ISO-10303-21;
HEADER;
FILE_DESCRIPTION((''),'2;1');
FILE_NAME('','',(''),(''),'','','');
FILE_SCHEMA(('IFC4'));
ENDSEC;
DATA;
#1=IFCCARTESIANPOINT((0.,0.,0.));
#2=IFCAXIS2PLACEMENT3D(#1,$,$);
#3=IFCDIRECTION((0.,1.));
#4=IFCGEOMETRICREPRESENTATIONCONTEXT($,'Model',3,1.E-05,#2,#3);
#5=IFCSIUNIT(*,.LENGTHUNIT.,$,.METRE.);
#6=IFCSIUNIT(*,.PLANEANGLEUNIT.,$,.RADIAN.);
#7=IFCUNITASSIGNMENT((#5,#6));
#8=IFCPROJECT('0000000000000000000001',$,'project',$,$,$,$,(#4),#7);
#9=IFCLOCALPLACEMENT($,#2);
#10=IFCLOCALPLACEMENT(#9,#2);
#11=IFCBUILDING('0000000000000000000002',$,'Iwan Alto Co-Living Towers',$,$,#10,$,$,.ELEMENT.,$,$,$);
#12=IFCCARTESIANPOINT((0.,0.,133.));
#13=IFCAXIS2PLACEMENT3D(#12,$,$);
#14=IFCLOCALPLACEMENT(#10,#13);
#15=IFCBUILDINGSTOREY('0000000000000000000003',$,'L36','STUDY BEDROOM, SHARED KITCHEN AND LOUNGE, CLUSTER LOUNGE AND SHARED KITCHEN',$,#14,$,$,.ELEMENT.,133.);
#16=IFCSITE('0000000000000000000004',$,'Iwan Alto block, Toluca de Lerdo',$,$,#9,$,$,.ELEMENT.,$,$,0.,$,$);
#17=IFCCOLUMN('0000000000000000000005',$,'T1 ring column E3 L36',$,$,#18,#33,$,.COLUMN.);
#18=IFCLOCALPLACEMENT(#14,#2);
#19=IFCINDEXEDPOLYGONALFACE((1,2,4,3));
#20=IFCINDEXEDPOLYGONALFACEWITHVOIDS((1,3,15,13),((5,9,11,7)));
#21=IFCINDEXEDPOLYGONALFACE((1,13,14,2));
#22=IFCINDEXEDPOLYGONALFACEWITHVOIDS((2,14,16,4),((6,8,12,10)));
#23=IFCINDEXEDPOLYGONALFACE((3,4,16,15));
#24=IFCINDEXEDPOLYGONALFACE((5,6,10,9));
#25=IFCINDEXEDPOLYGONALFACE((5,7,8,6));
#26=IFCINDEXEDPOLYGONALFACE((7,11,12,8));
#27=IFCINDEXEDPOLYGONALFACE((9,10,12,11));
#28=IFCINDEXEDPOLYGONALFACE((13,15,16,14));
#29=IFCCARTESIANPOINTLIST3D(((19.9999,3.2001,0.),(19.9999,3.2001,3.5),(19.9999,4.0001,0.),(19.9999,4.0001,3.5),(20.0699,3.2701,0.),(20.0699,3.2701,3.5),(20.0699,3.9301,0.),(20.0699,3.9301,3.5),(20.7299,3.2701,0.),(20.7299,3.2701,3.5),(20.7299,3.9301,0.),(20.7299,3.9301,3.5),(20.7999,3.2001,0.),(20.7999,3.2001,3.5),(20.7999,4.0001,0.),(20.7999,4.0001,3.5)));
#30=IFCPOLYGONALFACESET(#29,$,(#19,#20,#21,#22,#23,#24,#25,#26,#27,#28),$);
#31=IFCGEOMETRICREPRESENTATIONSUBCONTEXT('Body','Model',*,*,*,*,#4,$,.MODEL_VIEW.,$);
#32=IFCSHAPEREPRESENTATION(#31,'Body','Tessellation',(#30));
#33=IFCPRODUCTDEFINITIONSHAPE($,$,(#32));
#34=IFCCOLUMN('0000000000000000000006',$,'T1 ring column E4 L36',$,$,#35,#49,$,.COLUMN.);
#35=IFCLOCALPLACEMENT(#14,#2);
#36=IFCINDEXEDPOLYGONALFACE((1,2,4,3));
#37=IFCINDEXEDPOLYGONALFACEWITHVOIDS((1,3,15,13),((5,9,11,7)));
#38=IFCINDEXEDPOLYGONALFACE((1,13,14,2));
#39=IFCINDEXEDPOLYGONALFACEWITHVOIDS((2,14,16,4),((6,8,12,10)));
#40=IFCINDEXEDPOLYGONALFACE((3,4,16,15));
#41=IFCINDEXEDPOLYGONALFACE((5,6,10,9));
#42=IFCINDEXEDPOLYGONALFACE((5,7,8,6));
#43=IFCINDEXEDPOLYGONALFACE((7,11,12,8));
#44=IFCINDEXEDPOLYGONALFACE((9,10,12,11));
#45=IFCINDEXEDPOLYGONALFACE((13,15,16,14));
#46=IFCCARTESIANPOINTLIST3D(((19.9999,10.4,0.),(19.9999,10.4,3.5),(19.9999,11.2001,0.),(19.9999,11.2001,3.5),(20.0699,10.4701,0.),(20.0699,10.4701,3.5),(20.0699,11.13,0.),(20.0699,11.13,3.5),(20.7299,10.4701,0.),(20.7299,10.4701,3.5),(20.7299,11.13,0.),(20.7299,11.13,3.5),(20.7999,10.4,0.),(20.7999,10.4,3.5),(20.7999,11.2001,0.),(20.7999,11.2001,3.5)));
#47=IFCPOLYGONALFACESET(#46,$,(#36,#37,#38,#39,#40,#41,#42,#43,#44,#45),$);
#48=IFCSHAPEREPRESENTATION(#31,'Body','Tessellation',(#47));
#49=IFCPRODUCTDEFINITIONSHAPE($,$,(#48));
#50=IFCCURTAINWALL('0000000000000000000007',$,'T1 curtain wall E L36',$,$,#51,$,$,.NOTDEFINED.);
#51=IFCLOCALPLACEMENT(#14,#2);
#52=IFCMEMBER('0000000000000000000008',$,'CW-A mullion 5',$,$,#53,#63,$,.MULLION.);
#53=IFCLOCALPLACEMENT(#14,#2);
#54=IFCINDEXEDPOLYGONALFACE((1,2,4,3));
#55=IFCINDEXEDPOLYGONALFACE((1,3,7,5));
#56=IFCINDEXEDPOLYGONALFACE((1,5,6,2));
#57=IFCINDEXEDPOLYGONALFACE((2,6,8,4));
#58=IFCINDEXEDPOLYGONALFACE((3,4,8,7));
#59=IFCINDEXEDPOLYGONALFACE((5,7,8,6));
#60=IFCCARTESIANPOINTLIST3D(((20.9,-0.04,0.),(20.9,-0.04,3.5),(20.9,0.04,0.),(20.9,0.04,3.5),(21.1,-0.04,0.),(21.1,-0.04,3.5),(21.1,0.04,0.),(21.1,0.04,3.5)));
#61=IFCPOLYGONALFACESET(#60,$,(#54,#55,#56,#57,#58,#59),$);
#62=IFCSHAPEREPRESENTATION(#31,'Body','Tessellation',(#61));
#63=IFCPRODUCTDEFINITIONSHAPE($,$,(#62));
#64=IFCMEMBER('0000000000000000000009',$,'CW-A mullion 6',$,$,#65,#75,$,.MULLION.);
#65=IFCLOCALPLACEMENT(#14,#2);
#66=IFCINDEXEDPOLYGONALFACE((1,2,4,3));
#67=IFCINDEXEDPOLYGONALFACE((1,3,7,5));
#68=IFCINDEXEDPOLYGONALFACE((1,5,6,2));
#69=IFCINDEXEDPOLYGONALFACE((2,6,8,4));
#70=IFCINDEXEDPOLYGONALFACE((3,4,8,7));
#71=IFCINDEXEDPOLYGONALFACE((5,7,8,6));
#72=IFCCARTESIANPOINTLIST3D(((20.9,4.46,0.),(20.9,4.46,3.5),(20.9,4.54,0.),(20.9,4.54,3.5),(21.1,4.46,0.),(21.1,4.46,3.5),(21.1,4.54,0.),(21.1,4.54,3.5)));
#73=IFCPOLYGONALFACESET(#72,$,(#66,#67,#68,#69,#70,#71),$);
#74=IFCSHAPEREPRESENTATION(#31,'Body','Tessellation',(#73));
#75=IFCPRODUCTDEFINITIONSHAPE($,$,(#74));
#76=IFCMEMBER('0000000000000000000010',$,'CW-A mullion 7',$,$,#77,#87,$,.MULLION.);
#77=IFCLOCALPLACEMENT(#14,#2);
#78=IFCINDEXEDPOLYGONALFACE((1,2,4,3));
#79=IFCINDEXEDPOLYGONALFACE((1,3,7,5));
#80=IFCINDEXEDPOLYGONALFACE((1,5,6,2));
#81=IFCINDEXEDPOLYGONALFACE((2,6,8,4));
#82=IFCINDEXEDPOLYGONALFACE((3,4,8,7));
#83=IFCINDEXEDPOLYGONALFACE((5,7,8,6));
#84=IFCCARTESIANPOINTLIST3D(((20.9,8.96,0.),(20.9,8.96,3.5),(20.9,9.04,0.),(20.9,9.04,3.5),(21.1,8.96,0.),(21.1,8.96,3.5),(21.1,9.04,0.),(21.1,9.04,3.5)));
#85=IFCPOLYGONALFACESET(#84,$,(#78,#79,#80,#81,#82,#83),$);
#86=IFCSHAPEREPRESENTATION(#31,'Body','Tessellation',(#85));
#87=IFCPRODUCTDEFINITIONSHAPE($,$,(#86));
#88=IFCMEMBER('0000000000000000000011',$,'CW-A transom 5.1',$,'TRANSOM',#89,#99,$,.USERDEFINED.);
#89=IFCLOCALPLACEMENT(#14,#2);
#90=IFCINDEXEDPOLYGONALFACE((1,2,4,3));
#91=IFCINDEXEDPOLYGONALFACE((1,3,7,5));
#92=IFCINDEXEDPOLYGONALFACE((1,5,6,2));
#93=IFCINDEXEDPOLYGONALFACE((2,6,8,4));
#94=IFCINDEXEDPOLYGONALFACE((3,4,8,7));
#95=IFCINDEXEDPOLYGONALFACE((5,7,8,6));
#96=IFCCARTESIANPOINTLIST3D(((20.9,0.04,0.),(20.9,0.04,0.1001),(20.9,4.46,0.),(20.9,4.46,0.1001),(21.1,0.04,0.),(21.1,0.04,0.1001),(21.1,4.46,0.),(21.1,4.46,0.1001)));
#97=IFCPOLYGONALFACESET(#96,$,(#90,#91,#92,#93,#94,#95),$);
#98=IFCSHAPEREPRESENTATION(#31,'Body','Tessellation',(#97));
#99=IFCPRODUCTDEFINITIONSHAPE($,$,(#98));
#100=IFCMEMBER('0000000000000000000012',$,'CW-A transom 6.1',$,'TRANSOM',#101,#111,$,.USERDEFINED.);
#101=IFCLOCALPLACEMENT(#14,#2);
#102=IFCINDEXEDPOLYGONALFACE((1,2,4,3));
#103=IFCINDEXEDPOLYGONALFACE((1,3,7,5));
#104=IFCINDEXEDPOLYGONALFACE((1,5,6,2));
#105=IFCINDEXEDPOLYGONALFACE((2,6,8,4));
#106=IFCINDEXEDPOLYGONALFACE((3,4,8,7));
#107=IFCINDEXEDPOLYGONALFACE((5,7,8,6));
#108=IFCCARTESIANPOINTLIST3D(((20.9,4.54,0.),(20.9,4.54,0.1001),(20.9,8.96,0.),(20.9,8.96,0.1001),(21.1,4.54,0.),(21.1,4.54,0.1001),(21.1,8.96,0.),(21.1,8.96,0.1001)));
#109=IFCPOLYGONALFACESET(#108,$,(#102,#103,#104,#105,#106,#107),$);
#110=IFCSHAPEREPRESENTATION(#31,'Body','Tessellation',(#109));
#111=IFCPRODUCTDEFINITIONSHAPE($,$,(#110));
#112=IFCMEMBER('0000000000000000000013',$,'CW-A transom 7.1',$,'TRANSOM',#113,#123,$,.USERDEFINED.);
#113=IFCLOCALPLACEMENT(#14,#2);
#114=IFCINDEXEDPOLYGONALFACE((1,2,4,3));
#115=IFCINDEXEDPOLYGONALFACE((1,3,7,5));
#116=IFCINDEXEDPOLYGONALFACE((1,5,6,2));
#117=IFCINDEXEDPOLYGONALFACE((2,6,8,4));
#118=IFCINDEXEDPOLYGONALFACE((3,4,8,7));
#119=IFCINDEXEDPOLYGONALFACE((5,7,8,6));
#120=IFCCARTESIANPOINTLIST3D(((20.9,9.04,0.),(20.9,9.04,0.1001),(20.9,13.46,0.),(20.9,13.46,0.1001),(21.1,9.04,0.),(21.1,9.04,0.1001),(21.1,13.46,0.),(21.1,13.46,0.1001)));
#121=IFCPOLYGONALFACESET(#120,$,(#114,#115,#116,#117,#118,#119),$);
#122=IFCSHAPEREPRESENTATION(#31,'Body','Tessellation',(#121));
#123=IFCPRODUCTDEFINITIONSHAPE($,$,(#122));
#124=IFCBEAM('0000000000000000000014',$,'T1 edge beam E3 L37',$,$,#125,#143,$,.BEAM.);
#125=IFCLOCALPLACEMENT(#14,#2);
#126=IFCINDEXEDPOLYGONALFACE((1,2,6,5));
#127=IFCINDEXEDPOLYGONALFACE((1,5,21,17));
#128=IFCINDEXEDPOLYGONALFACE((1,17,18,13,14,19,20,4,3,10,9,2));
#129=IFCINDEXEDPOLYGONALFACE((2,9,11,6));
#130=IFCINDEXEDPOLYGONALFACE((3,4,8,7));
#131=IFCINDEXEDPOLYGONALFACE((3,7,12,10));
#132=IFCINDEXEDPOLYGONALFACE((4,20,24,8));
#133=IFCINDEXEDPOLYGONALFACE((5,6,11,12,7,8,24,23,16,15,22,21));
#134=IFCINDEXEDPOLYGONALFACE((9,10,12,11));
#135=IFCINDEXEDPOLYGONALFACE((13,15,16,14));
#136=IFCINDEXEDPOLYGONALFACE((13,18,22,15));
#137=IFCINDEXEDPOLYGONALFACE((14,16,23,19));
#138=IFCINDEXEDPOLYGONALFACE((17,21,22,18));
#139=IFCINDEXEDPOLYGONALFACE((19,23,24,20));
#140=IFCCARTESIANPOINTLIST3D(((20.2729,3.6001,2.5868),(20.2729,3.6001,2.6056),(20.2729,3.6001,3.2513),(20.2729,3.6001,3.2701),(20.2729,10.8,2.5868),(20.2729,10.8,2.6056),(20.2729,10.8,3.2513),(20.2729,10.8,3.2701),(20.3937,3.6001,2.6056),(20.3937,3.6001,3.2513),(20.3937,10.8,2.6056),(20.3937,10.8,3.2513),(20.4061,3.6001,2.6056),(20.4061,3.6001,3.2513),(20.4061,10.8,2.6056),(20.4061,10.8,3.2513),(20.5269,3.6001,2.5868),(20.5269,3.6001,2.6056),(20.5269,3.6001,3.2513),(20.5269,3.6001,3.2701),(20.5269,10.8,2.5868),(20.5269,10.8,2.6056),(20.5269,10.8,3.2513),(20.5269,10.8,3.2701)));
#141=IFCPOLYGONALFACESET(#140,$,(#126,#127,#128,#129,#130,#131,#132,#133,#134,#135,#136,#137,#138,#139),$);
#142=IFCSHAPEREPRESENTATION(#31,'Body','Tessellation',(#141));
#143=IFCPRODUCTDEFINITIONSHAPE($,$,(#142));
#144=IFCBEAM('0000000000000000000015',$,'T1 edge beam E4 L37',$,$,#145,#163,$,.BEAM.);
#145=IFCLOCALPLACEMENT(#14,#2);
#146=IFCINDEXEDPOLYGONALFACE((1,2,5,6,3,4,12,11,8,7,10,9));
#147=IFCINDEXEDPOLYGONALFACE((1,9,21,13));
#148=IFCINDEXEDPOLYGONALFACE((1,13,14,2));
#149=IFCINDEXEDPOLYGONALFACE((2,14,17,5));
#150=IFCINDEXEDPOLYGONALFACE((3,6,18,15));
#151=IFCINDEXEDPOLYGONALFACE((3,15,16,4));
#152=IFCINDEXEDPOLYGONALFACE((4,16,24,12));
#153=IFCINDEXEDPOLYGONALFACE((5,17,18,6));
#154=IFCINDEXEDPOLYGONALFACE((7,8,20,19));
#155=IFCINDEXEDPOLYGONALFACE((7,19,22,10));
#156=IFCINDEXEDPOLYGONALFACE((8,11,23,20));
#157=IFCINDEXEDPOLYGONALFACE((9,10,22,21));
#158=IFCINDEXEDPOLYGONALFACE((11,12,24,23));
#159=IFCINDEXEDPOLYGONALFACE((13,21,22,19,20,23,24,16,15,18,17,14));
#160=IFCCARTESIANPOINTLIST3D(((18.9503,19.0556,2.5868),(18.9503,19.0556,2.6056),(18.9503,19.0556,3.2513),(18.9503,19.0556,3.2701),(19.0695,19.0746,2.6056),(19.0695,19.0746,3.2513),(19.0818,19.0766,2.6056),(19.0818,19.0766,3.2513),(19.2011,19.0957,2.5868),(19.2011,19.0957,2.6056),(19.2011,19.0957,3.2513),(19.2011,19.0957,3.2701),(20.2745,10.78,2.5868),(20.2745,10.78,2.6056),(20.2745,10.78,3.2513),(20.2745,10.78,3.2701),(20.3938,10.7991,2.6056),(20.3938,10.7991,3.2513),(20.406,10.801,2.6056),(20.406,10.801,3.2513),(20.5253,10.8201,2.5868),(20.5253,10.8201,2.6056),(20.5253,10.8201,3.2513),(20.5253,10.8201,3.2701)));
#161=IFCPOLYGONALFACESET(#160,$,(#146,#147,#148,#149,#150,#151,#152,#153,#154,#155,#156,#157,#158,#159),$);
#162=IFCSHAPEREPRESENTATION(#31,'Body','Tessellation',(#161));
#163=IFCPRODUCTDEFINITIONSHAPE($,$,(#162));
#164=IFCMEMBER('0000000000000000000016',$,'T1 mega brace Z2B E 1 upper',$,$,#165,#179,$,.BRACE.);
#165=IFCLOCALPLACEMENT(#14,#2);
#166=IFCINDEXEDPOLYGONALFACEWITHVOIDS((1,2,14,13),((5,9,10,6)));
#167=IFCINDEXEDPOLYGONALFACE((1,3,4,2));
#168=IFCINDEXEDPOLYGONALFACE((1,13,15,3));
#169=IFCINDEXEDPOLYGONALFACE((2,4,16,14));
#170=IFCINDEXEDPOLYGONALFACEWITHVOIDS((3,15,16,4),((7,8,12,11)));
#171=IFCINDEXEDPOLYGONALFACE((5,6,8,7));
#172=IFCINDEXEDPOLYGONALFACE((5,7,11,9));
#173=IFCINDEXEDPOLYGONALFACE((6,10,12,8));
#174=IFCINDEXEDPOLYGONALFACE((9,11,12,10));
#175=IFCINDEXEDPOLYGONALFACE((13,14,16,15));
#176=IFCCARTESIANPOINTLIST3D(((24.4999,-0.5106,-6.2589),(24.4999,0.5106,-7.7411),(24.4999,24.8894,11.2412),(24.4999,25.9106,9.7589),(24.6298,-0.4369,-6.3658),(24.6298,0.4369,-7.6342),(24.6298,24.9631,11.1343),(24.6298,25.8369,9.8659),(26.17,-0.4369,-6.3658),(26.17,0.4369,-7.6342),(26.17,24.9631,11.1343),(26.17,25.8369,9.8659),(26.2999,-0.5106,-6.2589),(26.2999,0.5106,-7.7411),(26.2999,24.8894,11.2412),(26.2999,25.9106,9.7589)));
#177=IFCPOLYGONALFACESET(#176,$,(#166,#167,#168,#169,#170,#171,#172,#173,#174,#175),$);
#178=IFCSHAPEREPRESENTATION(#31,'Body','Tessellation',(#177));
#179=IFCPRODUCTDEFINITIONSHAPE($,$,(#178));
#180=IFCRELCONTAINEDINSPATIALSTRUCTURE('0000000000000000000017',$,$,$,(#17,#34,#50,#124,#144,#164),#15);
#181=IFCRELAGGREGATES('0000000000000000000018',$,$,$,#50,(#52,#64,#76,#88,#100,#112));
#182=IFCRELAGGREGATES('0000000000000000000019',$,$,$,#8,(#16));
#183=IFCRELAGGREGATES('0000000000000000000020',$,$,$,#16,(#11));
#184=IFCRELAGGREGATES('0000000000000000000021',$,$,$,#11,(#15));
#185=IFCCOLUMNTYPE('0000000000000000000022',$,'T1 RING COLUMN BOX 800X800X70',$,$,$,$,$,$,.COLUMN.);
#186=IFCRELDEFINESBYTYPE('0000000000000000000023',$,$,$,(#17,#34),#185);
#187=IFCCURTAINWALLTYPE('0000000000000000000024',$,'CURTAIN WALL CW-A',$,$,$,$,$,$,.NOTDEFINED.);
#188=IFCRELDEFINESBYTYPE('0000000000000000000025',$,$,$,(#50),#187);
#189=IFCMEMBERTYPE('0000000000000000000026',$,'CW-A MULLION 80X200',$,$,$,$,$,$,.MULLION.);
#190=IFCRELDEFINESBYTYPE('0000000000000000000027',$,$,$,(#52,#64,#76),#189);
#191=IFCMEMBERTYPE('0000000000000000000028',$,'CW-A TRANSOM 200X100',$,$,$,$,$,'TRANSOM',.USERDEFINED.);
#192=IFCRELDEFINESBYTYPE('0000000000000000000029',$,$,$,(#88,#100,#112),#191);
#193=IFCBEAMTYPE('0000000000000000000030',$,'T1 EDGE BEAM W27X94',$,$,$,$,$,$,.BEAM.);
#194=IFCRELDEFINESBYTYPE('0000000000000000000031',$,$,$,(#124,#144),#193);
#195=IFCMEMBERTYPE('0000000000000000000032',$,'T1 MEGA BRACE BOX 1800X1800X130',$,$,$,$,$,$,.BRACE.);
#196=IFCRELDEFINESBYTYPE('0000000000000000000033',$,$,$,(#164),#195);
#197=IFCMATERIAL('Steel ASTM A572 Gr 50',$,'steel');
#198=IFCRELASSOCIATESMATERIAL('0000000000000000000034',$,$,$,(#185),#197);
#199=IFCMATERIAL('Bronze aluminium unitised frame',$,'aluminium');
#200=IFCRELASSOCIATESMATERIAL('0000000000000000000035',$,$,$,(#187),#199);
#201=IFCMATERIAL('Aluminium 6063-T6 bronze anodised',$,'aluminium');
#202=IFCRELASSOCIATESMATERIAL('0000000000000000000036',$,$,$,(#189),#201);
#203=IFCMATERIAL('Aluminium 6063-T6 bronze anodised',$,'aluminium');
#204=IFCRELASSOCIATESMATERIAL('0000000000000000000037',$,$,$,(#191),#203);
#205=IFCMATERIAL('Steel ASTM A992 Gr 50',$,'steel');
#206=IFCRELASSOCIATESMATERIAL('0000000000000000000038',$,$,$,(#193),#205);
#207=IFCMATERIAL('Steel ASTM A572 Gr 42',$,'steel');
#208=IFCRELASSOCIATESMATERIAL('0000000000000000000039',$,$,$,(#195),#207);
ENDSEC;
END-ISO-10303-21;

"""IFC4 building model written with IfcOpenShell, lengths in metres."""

from ifc_helpers import new_model, si_unit, direction, frame, origin, origin_2d, place, context, subcontext, project, spatial, rectangle, hollow_rectangle, i_section, extrude, material, material_profile, profile_set, type_object, element, aggregate, save


model = new_model("IFC4")

# Units and contexts
model_context = context("Model", 3, precision=1e-05, world=origin(), true_north=direction((0.0, 1.0)))
body_context = subcontext(model_context, "Body", "Model", "MODEL_VIEW")
ifc_project = project(units=[si_unit("LENGTHUNIT", "METRE"), si_unit("PLANEANGLEUNIT", "RADIAN")], contexts=[model_context])

# Site, building, storey
site_placement = place(None, origin())
site = spatial("IfcSite", under=ifc_project, at=site_placement, Name="Iwan Alto block, Toluca de Lerdo", CompositionType="ELEMENT", RefElevation=0.0)
building_placement = place(site_placement, origin())
building = spatial("IfcBuilding", under=site, at=building_placement, Name="Iwan Alto Co-Living Towers", CompositionType="ELEMENT")
storey_placement = place(building_placement, frame((0.0, 0.0, 133.0)))
storey = spatial("IfcBuildingStorey", under=building, at=storey_placement, Name="L36", Description="STUDY BEDROOM, SHARED KITCHEN AND LOUNGE, CLUSTER LOUNGE AND SHARED KITCHEN", CompositionType="ELEMENT", Elevation=133.0)

# Columns
ifc_material_1 = material(Name="Steel ASTM A572 Gr 50", Category="steel")
ifc_material_profile_1 = material_profile(ifc_material_1, hollow_rectangle(XDim=0.8, YDim=0.8, WallThickness=0.0701, at=origin_2d()), Name="BOX 800X800X70")
ifc_profile_set_1 = profile_set([ifc_material_profile_1], Name="Steel ASTM A572 Gr 50")
column_type = type_object("IfcColumnType", Name="T1 RING COLUMN BOX 800X800X70", PredefinedType="COLUMN", material=ifc_profile_set_1)
for number, where, z_axis, x_axis, name in (
    (1, (20.3999, 3.6001, 0.0), (0.0, 0.0, 1.0), (1.0, 0.0, 0.0), "T1 ring column E3 L36"),
    (2, (20.3999, 10.8, 0.0), (0.0, 0.0, 1.0), (1.0, 0.0, 0.0), "T1 ring column E4 L36"),
):
    element("IfcColumn", number, at=place(storey_placement, frame(where, z_axis=z_axis, x_axis=x_axis)), inside=storey, type_object=column_type, Name=name, PredefinedType="COLUMN", context=body_context, shape_type="SweptSolid", body=[
        extrude(hollow_rectangle(XDim=0.8, YDim=0.8, WallThickness=0.0701, at=origin_2d()), origin(), (0.0, 0.0, 1.0), 3.5),
    ])

# Curtain wall, members
ifc_material_2 = material(Name="Bronze aluminium unitised frame", Category="aluminium")
curtain_wall_type = type_object("IfcCurtainWallType", Name="CURTAIN WALL CW-A", PredefinedType="NOTDEFINED", material=ifc_material_2)
curtain_wall_placement = place(storey_placement, origin())
curtain_wall = element("IfcCurtainWall", 3, at=curtain_wall_placement, inside=storey, type_object=curtain_wall_type, Name="T1 curtain wall E L36", PredefinedType="NOTDEFINED")
ifc_material_3 = material(Name="Aluminium 6063-T6 bronze anodised", Category="aluminium")
ifc_material_profile_2 = material_profile(ifc_material_3, rectangle(XDim=0.2, YDim=0.0801, at=origin_2d()), Name="AL 80X200")
ifc_profile_set_2 = profile_set([ifc_material_profile_2], Name="Aluminium 6063-T6 bronze anodised")
member_type_1 = type_object("IfcMemberType", Name="CW-A MULLION 80X200", PredefinedType="MULLION", material=ifc_profile_set_2)
member_1_placement = place(storey_placement, frame((21.0, 0.0, 0.0), z_axis=(0.0, 0.0, 1.0), x_axis=(-1.0, 0.0, 0.0)))
member_1 = element("IfcMember", 4, at=member_1_placement, type_object=member_type_1, Name="CW-A mullion 5", PredefinedType="MULLION", context=body_context, shape_type="SweptSolid", body=[
    extrude(rectangle(XDim=0.2, YDim=0.0801, at=origin_2d()), origin(), (0.0, 0.0, 1.0), 3.5),
])
member_2_placement = place(storey_placement, frame((21.0, 4.5, 0.0), z_axis=(0.0, 0.0, 1.0), x_axis=(-1.0, 0.0, 0.0)))
member_2 = element("IfcMember", 5, at=member_2_placement, type_object=member_type_1, Name="CW-A mullion 6", PredefinedType="MULLION", context=body_context, shape_type="SweptSolid", body=[
    extrude(rectangle(XDim=0.2, YDim=0.0801, at=origin_2d()), origin(), (0.0, 0.0, 1.0), 3.5),
])
member_3_placement = place(storey_placement, frame((21.0, 9.0, 0.0), z_axis=(0.0, 0.0, 1.0), x_axis=(-1.0, 0.0, 0.0)))
member_3 = element("IfcMember", 6, at=member_3_placement, type_object=member_type_1, Name="CW-A mullion 7", PredefinedType="MULLION", context=body_context, shape_type="SweptSolid", body=[
    extrude(rectangle(XDim=0.2, YDim=0.0801, at=origin_2d()), origin(), (0.0, 0.0, 1.0), 3.5),
])
ifc_material_4 = material(Name="Aluminium 6063-T6 bronze anodised", Category="aluminium")
ifc_material_profile_3 = material_profile(ifc_material_4, rectangle(XDim=0.2, YDim=0.1001, at=origin_2d()), Name="AL 200X100")
ifc_profile_set_3 = profile_set([ifc_material_profile_3], Name="Aluminium 6063-T6 bronze anodised")
member_type_2 = type_object("IfcMemberType", Name="CW-A TRANSOM 200X100", ElementType="TRANSOM", PredefinedType="USERDEFINED", material=ifc_profile_set_3)
member_4_placement = place(storey_placement, frame((21.0, 0.04, 0.05), z_axis=(0.0, 1.0, 0.0), x_axis=(-1.0, 0.0, 0.0)))
member_4 = element("IfcMember", 7, at=member_4_placement, type_object=member_type_2, Name="CW-A transom 5.1", ObjectType="TRANSOM", PredefinedType="USERDEFINED", context=body_context, shape_type="SweptSolid", body=[
    extrude(rectangle(XDim=0.2, YDim=0.1001, at=origin_2d()), origin(), (0.0, 0.0, 1.0), 4.4199),
])
member_5_placement = place(storey_placement, frame((21.0, 4.54, 0.05), z_axis=(0.0, 1.0, 0.0), x_axis=(-1.0, 0.0, 0.0)))
member_5 = element("IfcMember", 8, at=member_5_placement, type_object=member_type_2, Name="CW-A transom 6.1", ObjectType="TRANSOM", PredefinedType="USERDEFINED", context=body_context, shape_type="SweptSolid", body=[
    extrude(rectangle(XDim=0.2, YDim=0.1001, at=origin_2d()), origin(), (0.0, 0.0, 1.0), 4.4199),
])
member_6_placement = place(storey_placement, frame((21.0, 9.04, 0.05), z_axis=(0.0, 1.0, 0.0), x_axis=(-1.0, 0.0, 0.0)))
member_6 = element("IfcMember", 9, at=member_6_placement, type_object=member_type_2, Name="CW-A transom 7.1", ObjectType="TRANSOM", PredefinedType="USERDEFINED", context=body_context, shape_type="SweptSolid", body=[
    extrude(rectangle(XDim=0.2, YDim=0.1001, at=origin_2d()), origin(), (0.0, 0.0, 1.0), 4.4199),
])

# Beams
ifc_material_5 = material(Name="Steel ASTM A992 Gr 50", Category="steel")
ifc_material_profile_4 = material_profile(ifc_material_5, i_section(OverallWidth=0.2539, OverallDepth=0.6833, WebThickness=0.0125, FlangeThickness=0.0188, at=origin_2d()), Name="W27X94")
ifc_profile_set_4 = profile_set([ifc_material_profile_4], Name="Steel ASTM A992 Gr 50")
beam_type_1 = type_object("IfcBeamType", Name="T1 EDGE BEAM W27X94", PredefinedType="BEAM", material=ifc_profile_set_4)
beam_1_placement = place(storey_placement, frame((20.3999, 3.6001, 2.9285), z_axis=(0.0, 1.0, 0.0), x_axis=(-1.0, 0.0, 0.0)))
element("IfcBeam", 10, at=beam_1_placement, inside=storey, type_object=beam_type_1, Name="T1 edge beam E3 L37", PredefinedType="BEAM", context=body_context, shape_type="SweptSolid", body=[
    extrude(i_section(OverallWidth=0.2539, OverallDepth=0.6833, WebThickness=0.0125, FlangeThickness=0.0188, at=origin_2d()), origin(), (0.0, 0.0, 1.0), 7.2),
])
beam_2_placement = place(storey_placement, frame((20.3999, 10.8, 2.9285), z_axis=(-0.158004, 0.987438, 0.0), x_axis=(-0.987438, -0.158004, 0.0)))
element("IfcBeam", 11, at=beam_2_placement, inside=storey, type_object=beam_type_1, Name="T1 edge beam E4 L37", PredefinedType="BEAM", context=body_context, shape_type="SweptSolid", body=[
    extrude(i_section(OverallWidth=0.2539, OverallDepth=0.6833, WebThickness=0.0125, FlangeThickness=0.0188, at=origin_2d()), origin(), (0.0, 0.0, 1.0), 8.3809),
])

# Member
ifc_material_6 = material(Name="Steel ASTM A572 Gr 42", Category="steel")
ifc_material_profile_5 = material_profile(ifc_material_6, hollow_rectangle(XDim=1.8, YDim=1.8, WallThickness=0.1299, at=origin_2d()), Name="BOX 1800X1800X130")
ifc_profile_set_5 = profile_set([ifc_material_profile_5], Name="Steel ASTM A572 Gr 42")
member_type_3 = type_object("IfcMemberType", Name="T1 MEGA BRACE BOX 1800X1800X130", PredefinedType="BRACE", material=ifc_profile_set_5)
for number, where, z_axis, x_axis, name in (
    (12, (25.3999, 0.0, -7.0), (0.0, 0.823473, 0.567356), (-1.0, 0.0, 0.0), "T1 mega brace Z2B E 1 upper"),
):
    element("IfcMember", number, at=place(storey_placement, frame(where, z_axis=z_axis, x_axis=x_axis)), inside=storey, type_object=member_type_3, Name=name, PredefinedType="BRACE", context=body_context, shape_type="SweptSolid", body=[
        extrude(hollow_rectangle(XDim=1.8, YDim=1.8, WallThickness=0.1299, at=origin_2d()), origin(), (0.0, 0.0, 1.0), 30.845),
    ])

aggregate(curtain_wall, [member_1, member_2, member_3, member_4, member_5, member_6])

save(model, "model.ifc")
